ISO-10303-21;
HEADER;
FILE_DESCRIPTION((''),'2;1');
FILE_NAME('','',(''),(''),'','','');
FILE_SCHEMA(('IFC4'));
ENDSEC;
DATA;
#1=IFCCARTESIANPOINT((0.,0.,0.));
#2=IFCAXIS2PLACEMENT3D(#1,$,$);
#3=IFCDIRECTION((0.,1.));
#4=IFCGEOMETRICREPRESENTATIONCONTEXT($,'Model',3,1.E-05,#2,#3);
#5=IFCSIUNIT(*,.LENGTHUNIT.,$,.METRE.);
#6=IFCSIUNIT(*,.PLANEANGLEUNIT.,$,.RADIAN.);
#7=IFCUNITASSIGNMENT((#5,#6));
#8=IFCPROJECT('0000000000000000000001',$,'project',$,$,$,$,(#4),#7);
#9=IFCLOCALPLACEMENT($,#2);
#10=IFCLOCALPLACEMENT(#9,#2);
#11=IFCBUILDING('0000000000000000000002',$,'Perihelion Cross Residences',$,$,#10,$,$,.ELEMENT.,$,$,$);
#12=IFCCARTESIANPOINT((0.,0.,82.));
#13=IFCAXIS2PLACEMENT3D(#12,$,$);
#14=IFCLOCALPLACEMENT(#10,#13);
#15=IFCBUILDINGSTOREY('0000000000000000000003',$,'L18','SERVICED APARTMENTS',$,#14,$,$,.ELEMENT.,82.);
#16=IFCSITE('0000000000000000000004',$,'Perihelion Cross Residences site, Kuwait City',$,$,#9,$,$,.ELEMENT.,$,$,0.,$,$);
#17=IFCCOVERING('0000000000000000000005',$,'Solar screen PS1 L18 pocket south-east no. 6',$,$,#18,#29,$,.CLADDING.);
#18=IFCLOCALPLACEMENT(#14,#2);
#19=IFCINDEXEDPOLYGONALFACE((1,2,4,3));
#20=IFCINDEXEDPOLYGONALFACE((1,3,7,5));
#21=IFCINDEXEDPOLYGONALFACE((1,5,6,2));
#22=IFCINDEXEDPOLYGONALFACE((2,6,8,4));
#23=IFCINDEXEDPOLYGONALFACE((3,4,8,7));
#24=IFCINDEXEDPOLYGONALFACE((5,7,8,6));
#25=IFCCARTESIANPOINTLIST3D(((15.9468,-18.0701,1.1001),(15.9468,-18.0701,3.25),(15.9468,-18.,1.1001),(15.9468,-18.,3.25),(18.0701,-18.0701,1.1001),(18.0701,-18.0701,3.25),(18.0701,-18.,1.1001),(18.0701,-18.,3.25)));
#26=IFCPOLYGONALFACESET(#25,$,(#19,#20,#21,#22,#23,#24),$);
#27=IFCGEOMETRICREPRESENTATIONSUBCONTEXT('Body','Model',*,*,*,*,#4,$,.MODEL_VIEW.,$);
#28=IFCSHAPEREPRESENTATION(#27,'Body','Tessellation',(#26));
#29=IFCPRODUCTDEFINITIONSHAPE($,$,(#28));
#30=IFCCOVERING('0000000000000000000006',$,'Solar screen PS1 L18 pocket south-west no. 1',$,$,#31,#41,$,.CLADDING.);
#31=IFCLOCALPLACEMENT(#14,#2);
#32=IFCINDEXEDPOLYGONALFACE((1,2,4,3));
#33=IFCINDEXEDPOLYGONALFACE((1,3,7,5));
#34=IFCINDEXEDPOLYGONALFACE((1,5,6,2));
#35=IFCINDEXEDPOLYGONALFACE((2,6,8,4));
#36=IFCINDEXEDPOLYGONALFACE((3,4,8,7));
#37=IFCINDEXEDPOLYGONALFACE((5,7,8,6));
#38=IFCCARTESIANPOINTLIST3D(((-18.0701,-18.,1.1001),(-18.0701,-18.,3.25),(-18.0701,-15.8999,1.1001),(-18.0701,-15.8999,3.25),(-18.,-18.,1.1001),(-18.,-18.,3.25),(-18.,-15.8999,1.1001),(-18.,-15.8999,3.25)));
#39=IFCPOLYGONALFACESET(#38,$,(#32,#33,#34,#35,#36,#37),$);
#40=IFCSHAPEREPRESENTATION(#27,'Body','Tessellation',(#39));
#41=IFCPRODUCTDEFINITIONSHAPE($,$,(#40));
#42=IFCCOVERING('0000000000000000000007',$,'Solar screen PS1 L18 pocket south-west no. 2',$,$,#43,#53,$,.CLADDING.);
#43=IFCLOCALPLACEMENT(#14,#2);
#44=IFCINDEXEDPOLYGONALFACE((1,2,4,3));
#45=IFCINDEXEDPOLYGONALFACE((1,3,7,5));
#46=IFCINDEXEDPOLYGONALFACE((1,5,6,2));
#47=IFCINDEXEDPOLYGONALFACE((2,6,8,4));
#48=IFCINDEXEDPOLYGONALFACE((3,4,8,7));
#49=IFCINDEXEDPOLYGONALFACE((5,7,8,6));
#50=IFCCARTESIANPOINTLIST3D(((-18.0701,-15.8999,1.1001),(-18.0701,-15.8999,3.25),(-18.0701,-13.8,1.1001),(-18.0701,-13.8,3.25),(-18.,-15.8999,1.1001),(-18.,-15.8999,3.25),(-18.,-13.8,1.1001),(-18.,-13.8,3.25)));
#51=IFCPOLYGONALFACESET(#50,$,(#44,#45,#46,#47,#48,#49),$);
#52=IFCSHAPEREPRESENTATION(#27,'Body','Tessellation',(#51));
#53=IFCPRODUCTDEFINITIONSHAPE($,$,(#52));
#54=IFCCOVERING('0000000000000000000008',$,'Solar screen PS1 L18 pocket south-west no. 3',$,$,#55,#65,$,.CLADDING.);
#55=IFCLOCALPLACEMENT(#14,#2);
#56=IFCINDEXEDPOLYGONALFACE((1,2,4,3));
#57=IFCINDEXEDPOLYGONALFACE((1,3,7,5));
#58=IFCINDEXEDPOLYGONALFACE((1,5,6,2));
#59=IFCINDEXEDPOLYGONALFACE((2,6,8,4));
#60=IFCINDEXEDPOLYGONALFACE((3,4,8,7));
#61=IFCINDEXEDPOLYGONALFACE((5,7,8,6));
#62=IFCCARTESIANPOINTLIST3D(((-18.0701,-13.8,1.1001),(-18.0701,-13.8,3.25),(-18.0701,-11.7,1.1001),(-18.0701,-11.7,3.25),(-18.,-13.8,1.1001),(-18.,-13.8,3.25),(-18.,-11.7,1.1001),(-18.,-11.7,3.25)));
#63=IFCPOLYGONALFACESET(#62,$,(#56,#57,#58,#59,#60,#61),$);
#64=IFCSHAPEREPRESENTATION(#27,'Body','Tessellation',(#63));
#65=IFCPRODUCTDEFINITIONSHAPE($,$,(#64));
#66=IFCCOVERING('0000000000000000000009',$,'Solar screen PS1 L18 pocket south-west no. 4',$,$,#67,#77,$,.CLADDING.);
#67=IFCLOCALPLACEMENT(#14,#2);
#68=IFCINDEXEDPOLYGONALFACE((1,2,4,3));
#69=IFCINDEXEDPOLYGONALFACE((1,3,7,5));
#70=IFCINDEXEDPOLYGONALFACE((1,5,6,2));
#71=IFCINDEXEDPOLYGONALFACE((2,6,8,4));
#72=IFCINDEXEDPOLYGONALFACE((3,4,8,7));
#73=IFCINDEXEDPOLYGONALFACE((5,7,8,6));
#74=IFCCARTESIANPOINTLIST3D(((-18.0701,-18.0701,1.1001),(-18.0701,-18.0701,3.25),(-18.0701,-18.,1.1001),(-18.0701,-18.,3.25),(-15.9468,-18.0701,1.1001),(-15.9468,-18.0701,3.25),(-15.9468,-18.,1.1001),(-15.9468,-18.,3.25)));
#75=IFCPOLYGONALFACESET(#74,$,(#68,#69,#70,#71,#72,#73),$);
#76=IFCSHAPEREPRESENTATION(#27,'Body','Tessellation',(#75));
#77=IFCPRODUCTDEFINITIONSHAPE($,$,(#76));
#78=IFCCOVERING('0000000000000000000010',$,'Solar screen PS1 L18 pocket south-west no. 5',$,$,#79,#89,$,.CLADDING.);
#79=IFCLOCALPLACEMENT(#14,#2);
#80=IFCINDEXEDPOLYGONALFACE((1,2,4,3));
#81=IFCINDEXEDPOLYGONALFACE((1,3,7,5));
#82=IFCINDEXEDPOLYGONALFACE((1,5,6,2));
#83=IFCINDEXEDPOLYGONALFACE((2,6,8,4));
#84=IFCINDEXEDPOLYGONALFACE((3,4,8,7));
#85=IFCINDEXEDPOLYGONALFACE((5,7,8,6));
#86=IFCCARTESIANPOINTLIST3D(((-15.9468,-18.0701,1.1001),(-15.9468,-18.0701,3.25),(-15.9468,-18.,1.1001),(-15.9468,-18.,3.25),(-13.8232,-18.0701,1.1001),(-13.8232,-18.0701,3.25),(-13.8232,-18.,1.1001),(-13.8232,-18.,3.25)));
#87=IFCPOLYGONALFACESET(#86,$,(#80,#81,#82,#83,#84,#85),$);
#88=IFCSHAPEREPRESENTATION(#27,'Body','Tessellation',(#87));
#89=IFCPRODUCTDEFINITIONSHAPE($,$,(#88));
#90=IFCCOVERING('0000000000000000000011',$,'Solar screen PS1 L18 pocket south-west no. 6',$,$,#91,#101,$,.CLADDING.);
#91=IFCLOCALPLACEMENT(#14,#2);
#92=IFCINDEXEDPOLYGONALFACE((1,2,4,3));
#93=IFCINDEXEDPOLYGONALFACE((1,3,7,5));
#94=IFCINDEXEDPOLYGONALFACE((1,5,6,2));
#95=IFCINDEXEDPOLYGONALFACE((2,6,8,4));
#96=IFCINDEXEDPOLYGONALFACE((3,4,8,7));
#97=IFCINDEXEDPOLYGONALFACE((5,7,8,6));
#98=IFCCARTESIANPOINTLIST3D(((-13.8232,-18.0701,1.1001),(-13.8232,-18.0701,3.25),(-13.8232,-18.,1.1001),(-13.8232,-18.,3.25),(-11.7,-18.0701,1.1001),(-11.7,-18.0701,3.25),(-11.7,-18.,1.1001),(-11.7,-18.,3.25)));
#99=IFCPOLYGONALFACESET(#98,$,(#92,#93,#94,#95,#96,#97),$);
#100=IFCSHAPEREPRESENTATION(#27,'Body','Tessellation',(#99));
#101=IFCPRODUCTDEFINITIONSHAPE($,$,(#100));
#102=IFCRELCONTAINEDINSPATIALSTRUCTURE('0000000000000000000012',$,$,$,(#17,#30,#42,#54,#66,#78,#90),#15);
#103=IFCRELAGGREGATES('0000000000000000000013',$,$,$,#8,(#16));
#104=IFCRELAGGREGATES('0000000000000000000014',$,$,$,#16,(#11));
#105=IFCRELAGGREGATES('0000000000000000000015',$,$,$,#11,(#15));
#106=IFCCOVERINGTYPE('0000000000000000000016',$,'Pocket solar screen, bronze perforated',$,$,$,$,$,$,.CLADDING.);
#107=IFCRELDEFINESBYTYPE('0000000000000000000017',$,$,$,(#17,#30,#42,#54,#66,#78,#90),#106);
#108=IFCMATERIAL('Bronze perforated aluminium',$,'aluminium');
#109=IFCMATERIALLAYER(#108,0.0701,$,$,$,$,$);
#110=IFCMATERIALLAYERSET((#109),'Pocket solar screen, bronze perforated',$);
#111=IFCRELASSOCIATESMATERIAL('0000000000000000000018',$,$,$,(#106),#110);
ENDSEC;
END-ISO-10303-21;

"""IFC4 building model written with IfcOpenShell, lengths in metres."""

from ifc_helpers import new_model, si_unit, direction, frame, origin, place, context, subcontext, project, spatial, polyline, outline, extrude, material, layer, layer_set, type_object, element, save


model = new_model("IFC4")

# Units and contexts
model_context = context("Model", 3, precision=1e-05, world=origin(), true_north=direction((0.0, 1.0)))
body_context = subcontext(model_context, "Body", "Model", "MODEL_VIEW")
ifc_project = project(units=[si_unit("LENGTHUNIT", "METRE"), si_unit("PLANEANGLEUNIT", "RADIAN")], contexts=[model_context])

# Site, building, storey
site_placement = place(None, origin())
site = spatial("IfcSite", under=ifc_project, at=site_placement, Name="Perihelion Cross Residences site, Kuwait City", CompositionType="ELEMENT", RefElevation=0.0)
building_placement = place(site_placement, origin())
building = spatial("IfcBuilding", under=site, at=building_placement, Name="Perihelion Cross Residences", CompositionType="ELEMENT")
storey_placement = place(building_placement, frame((0.0, 0.0, 82.0)))
storey = spatial("IfcBuildingStorey", under=building, at=storey_placement, Name="L18", Description="SERVICED APARTMENTS", CompositionType="ELEMENT", Elevation=82.0)

# Coverings
ifc_material_1 = material(Name="Bronze perforated aluminium", Category="aluminium")
ifc_layer_1 = layer(ifc_material_1, 0.0701)
ifc_layer_set_1 = layer_set([ifc_layer_1], Name="Pocket solar screen, bronze perforated")
covering_type_1 = type_object("IfcCoveringType", Name="Pocket solar screen, bronze perforated", PredefinedType="CLADDING", material=ifc_layer_set_1)
covering_1_placement = place(storey_placement, frame((0.0, 0.0, 1.1001)))
element("IfcCovering", 1, at=covering_1_placement, inside=storey, type_object=covering_type_1, Name="Solar screen PS1 L18 pocket south-east no. 6", PredefinedType="CLADDING", context=body_context, shape_type="SweptSolid", body=[
    extrude(outline(polyline([(18.0701, -18.0701), (18.0701, -18.0), (15.9468, -18.0), (15.9468, -18.0701), (18.0701, -18.0701)])), origin(), (0.0, 0.0, 1.0), 2.1499),
])
covering_2_placement = place(storey_placement, frame((0.0, 0.0, 1.1001)))
element("IfcCovering", 2, at=covering_2_placement, inside=storey, type_object=covering_type_1, Name="Solar screen PS1 L18 pocket south-west no. 1", PredefinedType="CLADDING", context=body_context, shape_type="SweptSolid", body=[
    extrude(outline(polyline([(-18.0, -18.0), (-18.0, -15.8999), (-18.0701, -15.8999), (-18.0701, -18.0), (-18.0, -18.0)])), origin(), (0.0, 0.0, 1.0), 2.1499),
])
covering_3_placement = place(storey_placement, frame((0.0, 0.0, 1.1001)))
element("IfcCovering", 3, at=covering_3_placement, inside=storey, type_object=covering_type_1, Name="Solar screen PS1 L18 pocket south-west no. 2", PredefinedType="CLADDING", context=body_context, shape_type="SweptSolid", body=[
    extrude(outline(polyline([(-18.0, -15.8999), (-18.0, -13.8), (-18.0701, -13.8), (-18.0701, -15.8999), (-18.0, -15.8999)])), origin(), (0.0, 0.0, 1.0), 2.1499),
])
covering_4_placement = place(storey_placement, frame((0.0, 0.0, 1.1001)))
element("IfcCovering", 4, at=covering_4_placement, inside=storey, type_object=covering_type_1, Name="Solar screen PS1 L18 pocket south-west no. 3", PredefinedType="CLADDING", context=body_context, shape_type="SweptSolid", body=[
    extrude(outline(polyline([(-18.0, -13.8), (-18.0, -11.7), (-18.0701, -11.7), (-18.0701, -13.8), (-18.0, -13.8)])), origin(), (0.0, 0.0, 1.0), 2.1499),
])
covering_5_placement = place(storey_placement, frame((0.0, 0.0, 1.1001)))
element("IfcCovering", 5, at=covering_5_placement, inside=storey, type_object=covering_type_1, Name="Solar screen PS1 L18 pocket south-west no. 4", PredefinedType="CLADDING", context=body_context, shape_type="SweptSolid", body=[
    extrude(outline(polyline([(-15.9468, -18.0701), (-15.9468, -18.0), (-18.0701, -18.0), (-18.0701, -18.0701), (-15.9468, -18.0701)])), origin(), (0.0, 0.0, 1.0), 2.1499),
])
covering_6_placement = place(storey_placement, frame((0.0, 0.0, 1.1001)))
element("IfcCovering", 6, at=covering_6_placement, inside=storey, type_object=covering_type_1, Name="Solar screen PS1 L18 pocket south-west no. 5", PredefinedType="CLADDING", context=body_context, shape_type="SweptSolid", body=[
    extrude(outline(polyline([(-13.8232, -18.0701), (-13.8232, -18.0), (-15.9468, -18.0), (-15.9468, -18.0701), (-13.8232, -18.0701)])), origin(), (0.0, 0.0, 1.0), 2.1499),
])
covering_7_placement = place(storey_placement, frame((0.0, 0.0, 1.1001)))
element("IfcCovering", 7, at=covering_7_placement, inside=storey, type_object=covering_type_1, Name="Solar screen PS1 L18 pocket south-west no. 6", PredefinedType="CLADDING", context=body_context, shape_type="SweptSolid", body=[
    extrude(outline(polyline([(-11.7, -18.0701), (-11.7, -18.0), (-13.8232, -18.0), (-13.8232, -18.0701), (-11.7, -18.0701)])), origin(), (0.0, 0.0, 1.0), 2.1499),
])

save(model, "model.ifc")
